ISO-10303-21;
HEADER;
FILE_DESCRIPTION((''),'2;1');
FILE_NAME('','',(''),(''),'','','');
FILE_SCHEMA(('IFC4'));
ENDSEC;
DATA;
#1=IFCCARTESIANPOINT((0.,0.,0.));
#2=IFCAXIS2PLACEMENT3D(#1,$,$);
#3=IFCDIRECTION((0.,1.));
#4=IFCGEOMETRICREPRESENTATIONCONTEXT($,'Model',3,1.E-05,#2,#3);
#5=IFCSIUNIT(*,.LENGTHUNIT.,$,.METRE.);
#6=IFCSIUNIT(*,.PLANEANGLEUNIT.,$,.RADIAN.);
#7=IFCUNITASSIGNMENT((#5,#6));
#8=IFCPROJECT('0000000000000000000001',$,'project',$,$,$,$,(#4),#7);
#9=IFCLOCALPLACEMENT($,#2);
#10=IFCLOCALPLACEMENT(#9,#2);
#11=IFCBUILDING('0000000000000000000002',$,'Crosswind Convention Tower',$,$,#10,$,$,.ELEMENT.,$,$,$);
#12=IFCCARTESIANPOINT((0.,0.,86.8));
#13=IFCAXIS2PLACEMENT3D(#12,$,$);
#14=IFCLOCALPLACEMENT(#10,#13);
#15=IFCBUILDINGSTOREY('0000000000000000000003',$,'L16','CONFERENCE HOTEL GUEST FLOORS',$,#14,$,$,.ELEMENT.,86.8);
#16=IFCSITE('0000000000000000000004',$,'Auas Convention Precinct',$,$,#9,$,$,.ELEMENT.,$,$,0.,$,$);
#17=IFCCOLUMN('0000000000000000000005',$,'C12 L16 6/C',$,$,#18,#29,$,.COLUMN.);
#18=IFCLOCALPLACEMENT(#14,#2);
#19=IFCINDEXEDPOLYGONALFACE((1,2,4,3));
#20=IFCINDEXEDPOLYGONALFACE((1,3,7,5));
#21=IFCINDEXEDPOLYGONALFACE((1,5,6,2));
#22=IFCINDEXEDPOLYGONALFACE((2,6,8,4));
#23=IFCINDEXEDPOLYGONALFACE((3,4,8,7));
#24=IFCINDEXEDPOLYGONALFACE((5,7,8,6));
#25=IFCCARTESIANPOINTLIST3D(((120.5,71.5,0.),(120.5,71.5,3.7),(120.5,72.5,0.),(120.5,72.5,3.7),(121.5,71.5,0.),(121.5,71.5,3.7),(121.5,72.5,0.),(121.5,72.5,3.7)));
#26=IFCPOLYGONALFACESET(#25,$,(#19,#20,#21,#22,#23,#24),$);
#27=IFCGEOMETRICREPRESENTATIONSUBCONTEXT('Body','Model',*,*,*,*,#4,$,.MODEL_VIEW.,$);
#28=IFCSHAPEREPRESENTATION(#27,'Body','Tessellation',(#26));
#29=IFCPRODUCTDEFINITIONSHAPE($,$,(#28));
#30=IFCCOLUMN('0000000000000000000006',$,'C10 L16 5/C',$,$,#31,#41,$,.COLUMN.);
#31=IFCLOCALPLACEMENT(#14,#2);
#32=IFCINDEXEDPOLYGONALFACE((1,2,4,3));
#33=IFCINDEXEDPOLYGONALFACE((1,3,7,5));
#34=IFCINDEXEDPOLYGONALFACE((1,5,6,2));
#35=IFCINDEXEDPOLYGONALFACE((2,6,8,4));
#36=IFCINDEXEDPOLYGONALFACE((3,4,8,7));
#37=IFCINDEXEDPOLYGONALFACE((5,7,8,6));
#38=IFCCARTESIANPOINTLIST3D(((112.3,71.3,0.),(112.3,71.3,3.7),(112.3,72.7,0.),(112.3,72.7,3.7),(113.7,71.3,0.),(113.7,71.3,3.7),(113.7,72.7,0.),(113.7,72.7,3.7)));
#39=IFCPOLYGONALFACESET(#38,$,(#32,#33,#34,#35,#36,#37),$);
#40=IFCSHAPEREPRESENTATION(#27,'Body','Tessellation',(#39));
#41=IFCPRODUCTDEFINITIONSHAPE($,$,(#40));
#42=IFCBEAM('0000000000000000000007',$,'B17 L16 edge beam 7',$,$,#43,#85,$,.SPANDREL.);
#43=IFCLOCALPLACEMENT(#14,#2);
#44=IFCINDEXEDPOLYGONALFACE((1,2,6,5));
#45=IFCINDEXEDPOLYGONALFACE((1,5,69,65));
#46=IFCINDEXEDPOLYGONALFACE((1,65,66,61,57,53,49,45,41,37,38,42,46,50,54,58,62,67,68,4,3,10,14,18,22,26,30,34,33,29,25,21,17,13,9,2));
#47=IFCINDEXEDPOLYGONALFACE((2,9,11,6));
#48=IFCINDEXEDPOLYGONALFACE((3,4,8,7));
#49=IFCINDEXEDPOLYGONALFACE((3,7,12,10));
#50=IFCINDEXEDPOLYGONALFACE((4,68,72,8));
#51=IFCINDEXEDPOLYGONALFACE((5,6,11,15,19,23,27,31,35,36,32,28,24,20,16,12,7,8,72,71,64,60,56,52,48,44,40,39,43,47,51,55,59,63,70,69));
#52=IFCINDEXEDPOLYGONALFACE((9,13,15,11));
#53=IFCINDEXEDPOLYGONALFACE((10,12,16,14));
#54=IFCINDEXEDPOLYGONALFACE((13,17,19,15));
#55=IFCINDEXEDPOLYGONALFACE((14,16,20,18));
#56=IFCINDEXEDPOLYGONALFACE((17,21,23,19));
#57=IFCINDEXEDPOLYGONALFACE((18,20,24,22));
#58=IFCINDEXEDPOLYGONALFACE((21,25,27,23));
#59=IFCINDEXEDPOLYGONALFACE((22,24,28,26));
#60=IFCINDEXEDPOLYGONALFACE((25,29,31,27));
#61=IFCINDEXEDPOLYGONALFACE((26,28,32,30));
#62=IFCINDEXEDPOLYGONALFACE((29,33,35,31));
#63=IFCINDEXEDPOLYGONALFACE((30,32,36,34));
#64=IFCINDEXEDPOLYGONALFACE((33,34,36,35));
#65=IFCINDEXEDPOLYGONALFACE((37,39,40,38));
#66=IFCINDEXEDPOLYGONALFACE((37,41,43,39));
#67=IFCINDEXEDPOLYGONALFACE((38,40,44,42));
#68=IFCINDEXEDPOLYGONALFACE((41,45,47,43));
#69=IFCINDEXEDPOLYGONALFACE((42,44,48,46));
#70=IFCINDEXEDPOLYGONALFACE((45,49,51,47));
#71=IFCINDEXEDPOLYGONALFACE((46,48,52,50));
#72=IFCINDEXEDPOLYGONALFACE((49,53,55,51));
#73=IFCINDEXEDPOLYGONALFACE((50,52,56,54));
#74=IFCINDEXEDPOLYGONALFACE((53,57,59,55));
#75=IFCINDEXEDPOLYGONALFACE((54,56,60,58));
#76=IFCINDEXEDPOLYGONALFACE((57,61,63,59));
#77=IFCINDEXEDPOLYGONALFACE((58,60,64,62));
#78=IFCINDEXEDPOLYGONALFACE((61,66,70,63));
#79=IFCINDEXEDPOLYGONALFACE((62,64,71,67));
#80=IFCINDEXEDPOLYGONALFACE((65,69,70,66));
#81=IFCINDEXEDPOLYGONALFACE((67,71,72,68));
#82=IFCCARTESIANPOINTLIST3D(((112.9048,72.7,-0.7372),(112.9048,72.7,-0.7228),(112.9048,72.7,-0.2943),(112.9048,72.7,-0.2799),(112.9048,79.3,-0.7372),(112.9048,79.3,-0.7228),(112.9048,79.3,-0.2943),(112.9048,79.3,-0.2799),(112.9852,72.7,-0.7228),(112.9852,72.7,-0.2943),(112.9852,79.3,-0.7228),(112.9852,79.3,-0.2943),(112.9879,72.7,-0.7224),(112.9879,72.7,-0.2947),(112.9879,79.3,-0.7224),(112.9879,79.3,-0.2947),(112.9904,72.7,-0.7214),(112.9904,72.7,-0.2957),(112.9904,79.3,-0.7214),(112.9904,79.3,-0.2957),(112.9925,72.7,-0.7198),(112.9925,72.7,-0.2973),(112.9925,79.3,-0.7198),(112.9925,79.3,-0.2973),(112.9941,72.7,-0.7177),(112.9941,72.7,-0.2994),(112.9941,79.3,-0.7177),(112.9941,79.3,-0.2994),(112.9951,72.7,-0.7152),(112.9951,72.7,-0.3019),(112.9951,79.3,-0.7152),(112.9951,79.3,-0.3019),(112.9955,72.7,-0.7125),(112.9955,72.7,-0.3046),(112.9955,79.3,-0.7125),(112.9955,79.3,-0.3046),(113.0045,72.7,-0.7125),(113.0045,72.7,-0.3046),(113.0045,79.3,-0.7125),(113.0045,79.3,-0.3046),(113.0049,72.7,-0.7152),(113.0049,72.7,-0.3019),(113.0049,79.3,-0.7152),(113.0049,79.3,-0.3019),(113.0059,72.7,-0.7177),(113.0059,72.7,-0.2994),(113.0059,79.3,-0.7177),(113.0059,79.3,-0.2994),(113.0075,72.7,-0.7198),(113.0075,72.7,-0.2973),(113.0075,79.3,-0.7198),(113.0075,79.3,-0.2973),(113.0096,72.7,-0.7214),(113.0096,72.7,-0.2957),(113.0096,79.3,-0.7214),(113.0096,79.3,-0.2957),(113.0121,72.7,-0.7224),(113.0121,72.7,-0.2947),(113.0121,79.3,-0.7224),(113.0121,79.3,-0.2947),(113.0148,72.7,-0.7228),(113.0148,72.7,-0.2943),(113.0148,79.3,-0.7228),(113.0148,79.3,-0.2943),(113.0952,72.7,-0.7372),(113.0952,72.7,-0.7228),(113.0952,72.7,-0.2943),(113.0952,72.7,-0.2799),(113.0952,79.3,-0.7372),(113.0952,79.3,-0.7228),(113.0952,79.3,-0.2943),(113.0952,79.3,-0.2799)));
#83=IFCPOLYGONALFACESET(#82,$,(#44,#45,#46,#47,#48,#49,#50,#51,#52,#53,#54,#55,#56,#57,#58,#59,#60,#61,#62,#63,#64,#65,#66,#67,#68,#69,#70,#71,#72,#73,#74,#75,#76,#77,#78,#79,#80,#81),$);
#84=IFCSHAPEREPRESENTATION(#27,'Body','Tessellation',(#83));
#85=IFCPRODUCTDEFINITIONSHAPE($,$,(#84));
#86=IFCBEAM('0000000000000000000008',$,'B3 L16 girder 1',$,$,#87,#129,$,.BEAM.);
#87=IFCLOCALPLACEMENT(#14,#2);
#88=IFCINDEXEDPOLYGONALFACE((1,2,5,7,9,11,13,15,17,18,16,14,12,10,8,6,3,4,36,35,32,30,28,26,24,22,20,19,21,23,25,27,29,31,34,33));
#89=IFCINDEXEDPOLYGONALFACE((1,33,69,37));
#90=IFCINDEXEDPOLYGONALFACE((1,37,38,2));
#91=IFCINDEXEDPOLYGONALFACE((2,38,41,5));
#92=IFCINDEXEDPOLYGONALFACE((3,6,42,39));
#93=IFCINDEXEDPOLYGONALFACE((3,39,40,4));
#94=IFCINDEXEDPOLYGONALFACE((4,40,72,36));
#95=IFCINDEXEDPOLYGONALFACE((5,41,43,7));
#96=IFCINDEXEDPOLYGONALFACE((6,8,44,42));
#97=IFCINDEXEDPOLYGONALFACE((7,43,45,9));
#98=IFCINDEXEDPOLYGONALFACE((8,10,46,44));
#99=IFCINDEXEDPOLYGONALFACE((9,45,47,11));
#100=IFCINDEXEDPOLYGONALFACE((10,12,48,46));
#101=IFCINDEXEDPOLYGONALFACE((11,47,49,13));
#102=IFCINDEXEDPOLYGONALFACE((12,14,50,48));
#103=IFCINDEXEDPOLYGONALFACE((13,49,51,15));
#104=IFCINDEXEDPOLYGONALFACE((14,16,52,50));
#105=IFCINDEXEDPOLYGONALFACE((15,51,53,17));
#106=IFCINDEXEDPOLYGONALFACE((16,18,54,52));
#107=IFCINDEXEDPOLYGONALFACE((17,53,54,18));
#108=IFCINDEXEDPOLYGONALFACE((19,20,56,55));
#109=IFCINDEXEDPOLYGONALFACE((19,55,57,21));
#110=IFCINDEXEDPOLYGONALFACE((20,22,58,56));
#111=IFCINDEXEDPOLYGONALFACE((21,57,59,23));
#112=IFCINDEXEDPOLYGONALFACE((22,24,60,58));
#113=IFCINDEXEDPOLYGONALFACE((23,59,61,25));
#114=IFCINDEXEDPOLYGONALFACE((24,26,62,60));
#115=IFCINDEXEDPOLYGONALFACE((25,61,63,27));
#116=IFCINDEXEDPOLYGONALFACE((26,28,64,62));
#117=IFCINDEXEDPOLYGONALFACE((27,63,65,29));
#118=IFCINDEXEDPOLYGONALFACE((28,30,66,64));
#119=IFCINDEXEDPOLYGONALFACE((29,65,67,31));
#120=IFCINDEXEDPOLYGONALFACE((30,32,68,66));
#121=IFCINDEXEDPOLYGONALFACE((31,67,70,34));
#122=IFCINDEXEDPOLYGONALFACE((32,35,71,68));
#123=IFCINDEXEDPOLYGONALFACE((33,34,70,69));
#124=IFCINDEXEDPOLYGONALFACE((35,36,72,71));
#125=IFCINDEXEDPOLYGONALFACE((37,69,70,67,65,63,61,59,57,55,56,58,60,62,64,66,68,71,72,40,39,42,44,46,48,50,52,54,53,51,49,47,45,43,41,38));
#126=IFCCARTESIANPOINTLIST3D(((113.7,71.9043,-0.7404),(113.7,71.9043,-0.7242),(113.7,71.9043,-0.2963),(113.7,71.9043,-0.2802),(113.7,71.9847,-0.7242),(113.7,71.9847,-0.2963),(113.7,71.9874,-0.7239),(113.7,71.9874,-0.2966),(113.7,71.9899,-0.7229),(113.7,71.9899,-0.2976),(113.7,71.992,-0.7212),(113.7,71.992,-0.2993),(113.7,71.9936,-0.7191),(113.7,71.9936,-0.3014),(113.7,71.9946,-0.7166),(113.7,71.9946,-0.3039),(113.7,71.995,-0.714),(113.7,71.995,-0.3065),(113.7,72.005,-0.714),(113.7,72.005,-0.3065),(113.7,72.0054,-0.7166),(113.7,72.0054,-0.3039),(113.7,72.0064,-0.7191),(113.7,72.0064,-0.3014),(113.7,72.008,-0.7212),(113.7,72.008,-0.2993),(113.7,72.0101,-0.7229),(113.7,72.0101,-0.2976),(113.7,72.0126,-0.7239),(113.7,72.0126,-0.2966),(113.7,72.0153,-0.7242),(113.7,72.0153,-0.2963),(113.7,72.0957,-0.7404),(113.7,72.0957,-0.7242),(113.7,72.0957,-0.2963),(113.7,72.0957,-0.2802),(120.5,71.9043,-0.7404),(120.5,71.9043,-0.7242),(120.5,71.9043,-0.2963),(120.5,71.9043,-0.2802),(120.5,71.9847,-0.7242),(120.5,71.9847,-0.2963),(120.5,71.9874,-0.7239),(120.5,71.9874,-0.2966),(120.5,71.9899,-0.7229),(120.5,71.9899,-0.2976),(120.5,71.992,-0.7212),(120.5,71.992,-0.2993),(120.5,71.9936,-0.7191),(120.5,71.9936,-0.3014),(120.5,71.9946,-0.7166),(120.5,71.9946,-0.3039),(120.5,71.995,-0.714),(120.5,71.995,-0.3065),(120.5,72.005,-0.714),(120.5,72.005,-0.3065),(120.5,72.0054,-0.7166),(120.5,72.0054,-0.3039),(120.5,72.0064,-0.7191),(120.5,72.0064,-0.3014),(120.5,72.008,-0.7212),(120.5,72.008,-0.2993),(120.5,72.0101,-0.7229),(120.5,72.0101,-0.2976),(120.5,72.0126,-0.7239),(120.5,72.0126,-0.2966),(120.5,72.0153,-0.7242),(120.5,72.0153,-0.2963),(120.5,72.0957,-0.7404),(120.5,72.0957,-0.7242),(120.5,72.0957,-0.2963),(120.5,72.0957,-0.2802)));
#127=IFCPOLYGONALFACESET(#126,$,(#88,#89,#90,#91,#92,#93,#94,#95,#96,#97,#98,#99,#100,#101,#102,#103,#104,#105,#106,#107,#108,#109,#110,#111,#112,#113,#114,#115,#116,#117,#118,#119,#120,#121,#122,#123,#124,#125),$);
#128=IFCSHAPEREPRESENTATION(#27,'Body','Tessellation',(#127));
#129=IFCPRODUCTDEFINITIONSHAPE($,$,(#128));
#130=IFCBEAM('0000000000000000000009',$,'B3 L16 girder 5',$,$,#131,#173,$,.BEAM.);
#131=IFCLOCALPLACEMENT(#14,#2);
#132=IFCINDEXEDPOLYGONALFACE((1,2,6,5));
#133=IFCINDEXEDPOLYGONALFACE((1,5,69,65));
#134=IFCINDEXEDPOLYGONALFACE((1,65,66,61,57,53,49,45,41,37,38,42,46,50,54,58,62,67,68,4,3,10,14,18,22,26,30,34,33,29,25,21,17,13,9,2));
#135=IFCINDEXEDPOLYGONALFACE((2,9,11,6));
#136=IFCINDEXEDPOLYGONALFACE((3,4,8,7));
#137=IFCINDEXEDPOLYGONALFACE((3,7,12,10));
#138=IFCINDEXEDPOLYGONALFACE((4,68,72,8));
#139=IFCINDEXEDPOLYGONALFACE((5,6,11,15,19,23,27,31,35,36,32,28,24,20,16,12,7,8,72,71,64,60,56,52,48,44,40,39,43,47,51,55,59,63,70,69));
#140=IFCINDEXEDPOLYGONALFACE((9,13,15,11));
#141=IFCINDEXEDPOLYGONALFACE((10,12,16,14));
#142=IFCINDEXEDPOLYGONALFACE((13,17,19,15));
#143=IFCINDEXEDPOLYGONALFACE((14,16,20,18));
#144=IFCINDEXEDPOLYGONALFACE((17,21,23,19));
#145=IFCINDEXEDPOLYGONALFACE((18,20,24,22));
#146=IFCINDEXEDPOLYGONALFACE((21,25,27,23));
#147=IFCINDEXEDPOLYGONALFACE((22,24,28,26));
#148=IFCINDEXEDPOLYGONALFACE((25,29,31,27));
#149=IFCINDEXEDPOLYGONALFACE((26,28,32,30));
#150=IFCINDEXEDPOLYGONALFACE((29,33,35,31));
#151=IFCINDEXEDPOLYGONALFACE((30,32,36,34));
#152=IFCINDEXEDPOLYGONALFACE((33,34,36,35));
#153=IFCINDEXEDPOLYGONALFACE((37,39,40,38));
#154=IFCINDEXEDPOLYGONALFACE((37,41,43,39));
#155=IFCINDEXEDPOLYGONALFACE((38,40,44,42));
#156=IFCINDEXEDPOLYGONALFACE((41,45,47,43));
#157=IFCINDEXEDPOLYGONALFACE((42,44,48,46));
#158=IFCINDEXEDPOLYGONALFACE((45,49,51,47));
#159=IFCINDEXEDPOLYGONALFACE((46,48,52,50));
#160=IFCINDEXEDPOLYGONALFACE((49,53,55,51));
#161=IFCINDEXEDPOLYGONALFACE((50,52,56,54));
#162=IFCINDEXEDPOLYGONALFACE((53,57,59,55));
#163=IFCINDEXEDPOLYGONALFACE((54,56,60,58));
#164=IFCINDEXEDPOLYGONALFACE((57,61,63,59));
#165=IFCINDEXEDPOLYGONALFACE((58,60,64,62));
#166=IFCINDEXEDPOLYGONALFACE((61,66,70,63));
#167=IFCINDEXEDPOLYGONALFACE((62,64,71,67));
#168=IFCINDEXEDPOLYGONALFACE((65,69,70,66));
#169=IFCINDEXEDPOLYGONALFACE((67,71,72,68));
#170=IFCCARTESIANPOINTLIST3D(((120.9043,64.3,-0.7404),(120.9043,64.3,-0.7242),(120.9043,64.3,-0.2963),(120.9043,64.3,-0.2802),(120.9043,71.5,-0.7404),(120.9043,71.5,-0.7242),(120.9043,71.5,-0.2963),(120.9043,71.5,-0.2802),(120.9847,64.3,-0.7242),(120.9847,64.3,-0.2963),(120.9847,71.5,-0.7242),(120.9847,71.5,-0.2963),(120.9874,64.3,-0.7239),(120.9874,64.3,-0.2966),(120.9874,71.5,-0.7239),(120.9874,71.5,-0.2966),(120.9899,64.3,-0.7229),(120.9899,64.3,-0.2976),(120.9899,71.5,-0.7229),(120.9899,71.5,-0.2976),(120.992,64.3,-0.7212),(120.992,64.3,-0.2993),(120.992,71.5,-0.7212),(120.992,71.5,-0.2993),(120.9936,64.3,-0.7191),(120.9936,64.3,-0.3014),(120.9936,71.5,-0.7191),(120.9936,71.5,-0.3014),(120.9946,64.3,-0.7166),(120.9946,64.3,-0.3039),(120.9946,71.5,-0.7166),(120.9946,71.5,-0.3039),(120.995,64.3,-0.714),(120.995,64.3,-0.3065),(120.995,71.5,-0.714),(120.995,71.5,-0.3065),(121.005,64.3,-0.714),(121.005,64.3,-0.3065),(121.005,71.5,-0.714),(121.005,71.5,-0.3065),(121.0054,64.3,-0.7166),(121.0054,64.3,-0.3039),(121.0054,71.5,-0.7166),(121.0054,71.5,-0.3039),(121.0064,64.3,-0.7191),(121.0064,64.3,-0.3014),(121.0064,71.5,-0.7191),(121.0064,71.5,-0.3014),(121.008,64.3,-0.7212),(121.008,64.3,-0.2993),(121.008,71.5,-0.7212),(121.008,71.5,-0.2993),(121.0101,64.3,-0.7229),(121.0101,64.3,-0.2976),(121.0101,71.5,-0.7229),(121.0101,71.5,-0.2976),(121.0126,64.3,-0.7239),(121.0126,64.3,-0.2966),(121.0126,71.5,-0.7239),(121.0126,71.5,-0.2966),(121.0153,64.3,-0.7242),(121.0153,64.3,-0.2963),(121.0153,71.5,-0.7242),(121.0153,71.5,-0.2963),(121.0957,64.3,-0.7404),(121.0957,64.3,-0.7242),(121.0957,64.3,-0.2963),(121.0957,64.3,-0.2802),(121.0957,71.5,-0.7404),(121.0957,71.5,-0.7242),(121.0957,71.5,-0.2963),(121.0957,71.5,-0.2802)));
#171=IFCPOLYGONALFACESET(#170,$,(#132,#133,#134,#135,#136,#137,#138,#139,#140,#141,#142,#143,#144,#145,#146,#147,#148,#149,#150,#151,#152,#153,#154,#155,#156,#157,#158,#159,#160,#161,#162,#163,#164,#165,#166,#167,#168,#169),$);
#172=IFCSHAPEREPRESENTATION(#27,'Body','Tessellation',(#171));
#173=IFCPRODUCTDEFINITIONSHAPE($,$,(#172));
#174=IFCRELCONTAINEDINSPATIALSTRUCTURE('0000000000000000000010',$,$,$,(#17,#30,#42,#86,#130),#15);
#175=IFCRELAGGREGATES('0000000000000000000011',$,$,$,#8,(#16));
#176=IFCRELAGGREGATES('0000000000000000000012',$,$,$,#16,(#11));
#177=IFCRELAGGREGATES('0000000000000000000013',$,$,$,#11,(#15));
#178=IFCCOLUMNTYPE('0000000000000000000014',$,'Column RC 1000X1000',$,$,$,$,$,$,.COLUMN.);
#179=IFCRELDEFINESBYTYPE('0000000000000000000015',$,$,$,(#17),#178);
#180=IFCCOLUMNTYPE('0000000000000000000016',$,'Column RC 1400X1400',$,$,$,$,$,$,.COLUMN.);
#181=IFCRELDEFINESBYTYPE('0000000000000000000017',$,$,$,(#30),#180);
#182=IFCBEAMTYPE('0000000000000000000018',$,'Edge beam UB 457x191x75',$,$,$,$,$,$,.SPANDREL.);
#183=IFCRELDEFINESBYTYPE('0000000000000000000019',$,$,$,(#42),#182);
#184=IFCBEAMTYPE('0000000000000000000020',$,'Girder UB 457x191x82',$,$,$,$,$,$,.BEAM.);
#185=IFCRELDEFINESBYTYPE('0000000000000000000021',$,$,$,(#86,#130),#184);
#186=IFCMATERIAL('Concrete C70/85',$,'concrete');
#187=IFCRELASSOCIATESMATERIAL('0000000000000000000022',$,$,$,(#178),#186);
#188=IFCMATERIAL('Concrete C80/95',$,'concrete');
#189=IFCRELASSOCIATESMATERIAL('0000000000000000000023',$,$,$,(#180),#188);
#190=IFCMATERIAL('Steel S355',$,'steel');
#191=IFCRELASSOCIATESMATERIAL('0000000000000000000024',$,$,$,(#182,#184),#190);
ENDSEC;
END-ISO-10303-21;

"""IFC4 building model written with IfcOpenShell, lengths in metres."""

from ifc_helpers import new_model, si_unit, direction, frame, origin, origin_2d, place, context, subcontext, project, spatial, rectangle, i_section, extrude, material, material_profile, profile_set, type_object, element, save


model = new_model("IFC4")

# Units and contexts
model_context = context("Model", 3, precision=1e-05, world=origin(), true_north=direction((0.0, 1.0)))
body_context = subcontext(model_context, "Body", "Model", "MODEL_VIEW")
ifc_project = project(units=[si_unit("LENGTHUNIT", "METRE"), si_unit("PLANEANGLEUNIT", "RADIAN")], contexts=[model_context])

# Site, building, storey
site_placement = place(None, origin())
site = spatial("IfcSite", under=ifc_project, at=site_placement, Name="Auas Convention Precinct", CompositionType="ELEMENT", RefElevation=0.0)
building_placement = place(site_placement, origin())
building = spatial("IfcBuilding", under=site, at=building_placement, Name="Crosswind Convention Tower", CompositionType="ELEMENT")
storey_placement = place(building_placement, frame((0.0, 0.0, 86.8)))
storey = spatial("IfcBuildingStorey", under=building, at=storey_placement, Name="L16", Description="CONFERENCE HOTEL GUEST FLOORS", CompositionType="ELEMENT", Elevation=86.8)

# Columns
ifc_material_1 = material(Name="Concrete C70/85", Category="concrete")
ifc_material_profile_1 = material_profile(ifc_material_1, rectangle(XDim=1.0, YDim=1.0, at=origin_2d()), Name="RC 1000X1000")
ifc_profile_set_1 = profile_set([ifc_material_profile_1], Name="Concrete C70/85")
column_type_1 = type_object("IfcColumnType", Name="Column RC 1000X1000", PredefinedType="COLUMN", material=ifc_profile_set_1)
column_1_placement = place(storey_placement, frame((121.0, 72.0, 0.0), z_axis=(0.0, 0.0, 1.0), x_axis=(1.0, 0.0, 0.0)))
element("IfcColumn", 1, at=column_1_placement, inside=storey, type_object=column_type_1, Name="C12 L16 6/C", PredefinedType="COLUMN", context=body_context, shape_type="SweptSolid", body=[
    extrude(rectangle(XDim=1.0, YDim=1.0, at=origin_2d()), origin(), (0.0, 0.0, 1.0), 3.7),
])
ifc_material_2 = material(Name="Concrete C80/95", Category="concrete")
ifc_material_profile_2 = material_profile(ifc_material_2, rectangle(XDim=1.3999, YDim=1.3999, at=origin_2d()), Name="RC 1400X1400")
ifc_profile_set_2 = profile_set([ifc_material_profile_2], Name="Concrete C80/95")
column_type_2 = type_object("IfcColumnType", Name="Column RC 1400X1400", PredefinedType="COLUMN", material=ifc_profile_set_2)
column_2_placement = place(storey_placement, frame((113.0, 72.0, 0.0), z_axis=(0.0, 0.0, 1.0), x_axis=(1.0, 0.0, 0.0)))
element("IfcColumn", 2, at=column_2_placement, inside=storey, type_object=column_type_2, Name="C10 L16 5/C", PredefinedType="COLUMN", context=body_context, shape_type="SweptSolid", body=[
    extrude(rectangle(XDim=1.3999, YDim=1.3999, at=origin_2d()), origin(), (0.0, 0.0, 1.0), 3.7),
])

# Beams
ifc_material_3 = material(Name="Steel S355", Category="steel")
ifc_material_profile_3 = material_profile(ifc_material_3, i_section(OverallWidth=0.1904, OverallDepth=0.4573, WebThickness=0.009, FlangeThickness=0.0144, FilletRadius=0.0103, at=origin_2d()), Name="UB 457x191x75")
ifc_profile_set_3 = profile_set([ifc_material_profile_3], Name="Steel S355")
beam_type_1 = type_object("IfcBeamType", Name="Edge beam UB 457x191x75", PredefinedType="SPANDREL", material=ifc_profile_set_3)
beam_1_placement = place(storey_placement, frame((113.0, 72.7, -0.5085), z_axis=(0.0, 1.0, 0.0), x_axis=(-1.0, 0.0, 0.0)))
element("IfcBeam", 3, at=beam_1_placement, inside=storey, type_object=beam_type_1, Name="B17 L16 edge beam 7", PredefinedType="SPANDREL", context=body_context, shape_type="SweptSolid", body=[
    extrude(i_section(OverallWidth=0.1904, OverallDepth=0.4573, WebThickness=0.009, FlangeThickness=0.0144, FilletRadius=0.0103, at=origin_2d()), origin(), (0.0, 0.0, 1.0), 6.6001),
])
ifc_material_profile_4 = material_profile(ifc_material_3, i_section(OverallWidth=0.1914, OverallDepth=0.4602, WebThickness=0.01, FlangeThickness=0.0161, FilletRadius=0.0103, at=origin_2d()), Name="UB 457x191x82")
ifc_profile_set_4 = profile_set([ifc_material_profile_4], Name="Steel S355")
beam_type_2 = type_object("IfcBeamType", Name="Girder UB 457x191x82", PredefinedType="BEAM", material=ifc_profile_set_4)
beam_2_placement = place(storey_placement, frame((113.7, 72.0, -0.5103), z_axis=(1.0, 0.0, 0.0), x_axis=(0.0, 1.0, 0.0)))
element("IfcBeam", 4, at=beam_2_placement, inside=storey, type_object=beam_type_2, Name="B3 L16 girder 1", PredefinedType="BEAM", context=body_context, shape_type="SweptSolid", body=[
    extrude(i_section(OverallWidth=0.1914, OverallDepth=0.4602, WebThickness=0.01, FlangeThickness=0.0161, FilletRadius=0.0103, at=origin_2d()), origin(), (0.0, 0.0, 1.0), 6.8),
])
beam_3_placement = place(storey_placement, frame((121.0, 64.3, -0.5103), z_axis=(0.0, 1.0, 0.0), x_axis=(-1.0, 0.0, 0.0)))
element("IfcBeam", 5, at=beam_3_placement, inside=storey, type_object=beam_type_2, Name="B3 L16 girder 5", PredefinedType="BEAM", context=body_context, shape_type="SweptSolid", body=[
    extrude(i_section(OverallWidth=0.1914, OverallDepth=0.4602, WebThickness=0.01, FlangeThickness=0.0161, FilletRadius=0.0103, at=origin_2d()), origin(), (0.0, 0.0, 1.0), 7.2),
])

save(model, "model.ifc")
